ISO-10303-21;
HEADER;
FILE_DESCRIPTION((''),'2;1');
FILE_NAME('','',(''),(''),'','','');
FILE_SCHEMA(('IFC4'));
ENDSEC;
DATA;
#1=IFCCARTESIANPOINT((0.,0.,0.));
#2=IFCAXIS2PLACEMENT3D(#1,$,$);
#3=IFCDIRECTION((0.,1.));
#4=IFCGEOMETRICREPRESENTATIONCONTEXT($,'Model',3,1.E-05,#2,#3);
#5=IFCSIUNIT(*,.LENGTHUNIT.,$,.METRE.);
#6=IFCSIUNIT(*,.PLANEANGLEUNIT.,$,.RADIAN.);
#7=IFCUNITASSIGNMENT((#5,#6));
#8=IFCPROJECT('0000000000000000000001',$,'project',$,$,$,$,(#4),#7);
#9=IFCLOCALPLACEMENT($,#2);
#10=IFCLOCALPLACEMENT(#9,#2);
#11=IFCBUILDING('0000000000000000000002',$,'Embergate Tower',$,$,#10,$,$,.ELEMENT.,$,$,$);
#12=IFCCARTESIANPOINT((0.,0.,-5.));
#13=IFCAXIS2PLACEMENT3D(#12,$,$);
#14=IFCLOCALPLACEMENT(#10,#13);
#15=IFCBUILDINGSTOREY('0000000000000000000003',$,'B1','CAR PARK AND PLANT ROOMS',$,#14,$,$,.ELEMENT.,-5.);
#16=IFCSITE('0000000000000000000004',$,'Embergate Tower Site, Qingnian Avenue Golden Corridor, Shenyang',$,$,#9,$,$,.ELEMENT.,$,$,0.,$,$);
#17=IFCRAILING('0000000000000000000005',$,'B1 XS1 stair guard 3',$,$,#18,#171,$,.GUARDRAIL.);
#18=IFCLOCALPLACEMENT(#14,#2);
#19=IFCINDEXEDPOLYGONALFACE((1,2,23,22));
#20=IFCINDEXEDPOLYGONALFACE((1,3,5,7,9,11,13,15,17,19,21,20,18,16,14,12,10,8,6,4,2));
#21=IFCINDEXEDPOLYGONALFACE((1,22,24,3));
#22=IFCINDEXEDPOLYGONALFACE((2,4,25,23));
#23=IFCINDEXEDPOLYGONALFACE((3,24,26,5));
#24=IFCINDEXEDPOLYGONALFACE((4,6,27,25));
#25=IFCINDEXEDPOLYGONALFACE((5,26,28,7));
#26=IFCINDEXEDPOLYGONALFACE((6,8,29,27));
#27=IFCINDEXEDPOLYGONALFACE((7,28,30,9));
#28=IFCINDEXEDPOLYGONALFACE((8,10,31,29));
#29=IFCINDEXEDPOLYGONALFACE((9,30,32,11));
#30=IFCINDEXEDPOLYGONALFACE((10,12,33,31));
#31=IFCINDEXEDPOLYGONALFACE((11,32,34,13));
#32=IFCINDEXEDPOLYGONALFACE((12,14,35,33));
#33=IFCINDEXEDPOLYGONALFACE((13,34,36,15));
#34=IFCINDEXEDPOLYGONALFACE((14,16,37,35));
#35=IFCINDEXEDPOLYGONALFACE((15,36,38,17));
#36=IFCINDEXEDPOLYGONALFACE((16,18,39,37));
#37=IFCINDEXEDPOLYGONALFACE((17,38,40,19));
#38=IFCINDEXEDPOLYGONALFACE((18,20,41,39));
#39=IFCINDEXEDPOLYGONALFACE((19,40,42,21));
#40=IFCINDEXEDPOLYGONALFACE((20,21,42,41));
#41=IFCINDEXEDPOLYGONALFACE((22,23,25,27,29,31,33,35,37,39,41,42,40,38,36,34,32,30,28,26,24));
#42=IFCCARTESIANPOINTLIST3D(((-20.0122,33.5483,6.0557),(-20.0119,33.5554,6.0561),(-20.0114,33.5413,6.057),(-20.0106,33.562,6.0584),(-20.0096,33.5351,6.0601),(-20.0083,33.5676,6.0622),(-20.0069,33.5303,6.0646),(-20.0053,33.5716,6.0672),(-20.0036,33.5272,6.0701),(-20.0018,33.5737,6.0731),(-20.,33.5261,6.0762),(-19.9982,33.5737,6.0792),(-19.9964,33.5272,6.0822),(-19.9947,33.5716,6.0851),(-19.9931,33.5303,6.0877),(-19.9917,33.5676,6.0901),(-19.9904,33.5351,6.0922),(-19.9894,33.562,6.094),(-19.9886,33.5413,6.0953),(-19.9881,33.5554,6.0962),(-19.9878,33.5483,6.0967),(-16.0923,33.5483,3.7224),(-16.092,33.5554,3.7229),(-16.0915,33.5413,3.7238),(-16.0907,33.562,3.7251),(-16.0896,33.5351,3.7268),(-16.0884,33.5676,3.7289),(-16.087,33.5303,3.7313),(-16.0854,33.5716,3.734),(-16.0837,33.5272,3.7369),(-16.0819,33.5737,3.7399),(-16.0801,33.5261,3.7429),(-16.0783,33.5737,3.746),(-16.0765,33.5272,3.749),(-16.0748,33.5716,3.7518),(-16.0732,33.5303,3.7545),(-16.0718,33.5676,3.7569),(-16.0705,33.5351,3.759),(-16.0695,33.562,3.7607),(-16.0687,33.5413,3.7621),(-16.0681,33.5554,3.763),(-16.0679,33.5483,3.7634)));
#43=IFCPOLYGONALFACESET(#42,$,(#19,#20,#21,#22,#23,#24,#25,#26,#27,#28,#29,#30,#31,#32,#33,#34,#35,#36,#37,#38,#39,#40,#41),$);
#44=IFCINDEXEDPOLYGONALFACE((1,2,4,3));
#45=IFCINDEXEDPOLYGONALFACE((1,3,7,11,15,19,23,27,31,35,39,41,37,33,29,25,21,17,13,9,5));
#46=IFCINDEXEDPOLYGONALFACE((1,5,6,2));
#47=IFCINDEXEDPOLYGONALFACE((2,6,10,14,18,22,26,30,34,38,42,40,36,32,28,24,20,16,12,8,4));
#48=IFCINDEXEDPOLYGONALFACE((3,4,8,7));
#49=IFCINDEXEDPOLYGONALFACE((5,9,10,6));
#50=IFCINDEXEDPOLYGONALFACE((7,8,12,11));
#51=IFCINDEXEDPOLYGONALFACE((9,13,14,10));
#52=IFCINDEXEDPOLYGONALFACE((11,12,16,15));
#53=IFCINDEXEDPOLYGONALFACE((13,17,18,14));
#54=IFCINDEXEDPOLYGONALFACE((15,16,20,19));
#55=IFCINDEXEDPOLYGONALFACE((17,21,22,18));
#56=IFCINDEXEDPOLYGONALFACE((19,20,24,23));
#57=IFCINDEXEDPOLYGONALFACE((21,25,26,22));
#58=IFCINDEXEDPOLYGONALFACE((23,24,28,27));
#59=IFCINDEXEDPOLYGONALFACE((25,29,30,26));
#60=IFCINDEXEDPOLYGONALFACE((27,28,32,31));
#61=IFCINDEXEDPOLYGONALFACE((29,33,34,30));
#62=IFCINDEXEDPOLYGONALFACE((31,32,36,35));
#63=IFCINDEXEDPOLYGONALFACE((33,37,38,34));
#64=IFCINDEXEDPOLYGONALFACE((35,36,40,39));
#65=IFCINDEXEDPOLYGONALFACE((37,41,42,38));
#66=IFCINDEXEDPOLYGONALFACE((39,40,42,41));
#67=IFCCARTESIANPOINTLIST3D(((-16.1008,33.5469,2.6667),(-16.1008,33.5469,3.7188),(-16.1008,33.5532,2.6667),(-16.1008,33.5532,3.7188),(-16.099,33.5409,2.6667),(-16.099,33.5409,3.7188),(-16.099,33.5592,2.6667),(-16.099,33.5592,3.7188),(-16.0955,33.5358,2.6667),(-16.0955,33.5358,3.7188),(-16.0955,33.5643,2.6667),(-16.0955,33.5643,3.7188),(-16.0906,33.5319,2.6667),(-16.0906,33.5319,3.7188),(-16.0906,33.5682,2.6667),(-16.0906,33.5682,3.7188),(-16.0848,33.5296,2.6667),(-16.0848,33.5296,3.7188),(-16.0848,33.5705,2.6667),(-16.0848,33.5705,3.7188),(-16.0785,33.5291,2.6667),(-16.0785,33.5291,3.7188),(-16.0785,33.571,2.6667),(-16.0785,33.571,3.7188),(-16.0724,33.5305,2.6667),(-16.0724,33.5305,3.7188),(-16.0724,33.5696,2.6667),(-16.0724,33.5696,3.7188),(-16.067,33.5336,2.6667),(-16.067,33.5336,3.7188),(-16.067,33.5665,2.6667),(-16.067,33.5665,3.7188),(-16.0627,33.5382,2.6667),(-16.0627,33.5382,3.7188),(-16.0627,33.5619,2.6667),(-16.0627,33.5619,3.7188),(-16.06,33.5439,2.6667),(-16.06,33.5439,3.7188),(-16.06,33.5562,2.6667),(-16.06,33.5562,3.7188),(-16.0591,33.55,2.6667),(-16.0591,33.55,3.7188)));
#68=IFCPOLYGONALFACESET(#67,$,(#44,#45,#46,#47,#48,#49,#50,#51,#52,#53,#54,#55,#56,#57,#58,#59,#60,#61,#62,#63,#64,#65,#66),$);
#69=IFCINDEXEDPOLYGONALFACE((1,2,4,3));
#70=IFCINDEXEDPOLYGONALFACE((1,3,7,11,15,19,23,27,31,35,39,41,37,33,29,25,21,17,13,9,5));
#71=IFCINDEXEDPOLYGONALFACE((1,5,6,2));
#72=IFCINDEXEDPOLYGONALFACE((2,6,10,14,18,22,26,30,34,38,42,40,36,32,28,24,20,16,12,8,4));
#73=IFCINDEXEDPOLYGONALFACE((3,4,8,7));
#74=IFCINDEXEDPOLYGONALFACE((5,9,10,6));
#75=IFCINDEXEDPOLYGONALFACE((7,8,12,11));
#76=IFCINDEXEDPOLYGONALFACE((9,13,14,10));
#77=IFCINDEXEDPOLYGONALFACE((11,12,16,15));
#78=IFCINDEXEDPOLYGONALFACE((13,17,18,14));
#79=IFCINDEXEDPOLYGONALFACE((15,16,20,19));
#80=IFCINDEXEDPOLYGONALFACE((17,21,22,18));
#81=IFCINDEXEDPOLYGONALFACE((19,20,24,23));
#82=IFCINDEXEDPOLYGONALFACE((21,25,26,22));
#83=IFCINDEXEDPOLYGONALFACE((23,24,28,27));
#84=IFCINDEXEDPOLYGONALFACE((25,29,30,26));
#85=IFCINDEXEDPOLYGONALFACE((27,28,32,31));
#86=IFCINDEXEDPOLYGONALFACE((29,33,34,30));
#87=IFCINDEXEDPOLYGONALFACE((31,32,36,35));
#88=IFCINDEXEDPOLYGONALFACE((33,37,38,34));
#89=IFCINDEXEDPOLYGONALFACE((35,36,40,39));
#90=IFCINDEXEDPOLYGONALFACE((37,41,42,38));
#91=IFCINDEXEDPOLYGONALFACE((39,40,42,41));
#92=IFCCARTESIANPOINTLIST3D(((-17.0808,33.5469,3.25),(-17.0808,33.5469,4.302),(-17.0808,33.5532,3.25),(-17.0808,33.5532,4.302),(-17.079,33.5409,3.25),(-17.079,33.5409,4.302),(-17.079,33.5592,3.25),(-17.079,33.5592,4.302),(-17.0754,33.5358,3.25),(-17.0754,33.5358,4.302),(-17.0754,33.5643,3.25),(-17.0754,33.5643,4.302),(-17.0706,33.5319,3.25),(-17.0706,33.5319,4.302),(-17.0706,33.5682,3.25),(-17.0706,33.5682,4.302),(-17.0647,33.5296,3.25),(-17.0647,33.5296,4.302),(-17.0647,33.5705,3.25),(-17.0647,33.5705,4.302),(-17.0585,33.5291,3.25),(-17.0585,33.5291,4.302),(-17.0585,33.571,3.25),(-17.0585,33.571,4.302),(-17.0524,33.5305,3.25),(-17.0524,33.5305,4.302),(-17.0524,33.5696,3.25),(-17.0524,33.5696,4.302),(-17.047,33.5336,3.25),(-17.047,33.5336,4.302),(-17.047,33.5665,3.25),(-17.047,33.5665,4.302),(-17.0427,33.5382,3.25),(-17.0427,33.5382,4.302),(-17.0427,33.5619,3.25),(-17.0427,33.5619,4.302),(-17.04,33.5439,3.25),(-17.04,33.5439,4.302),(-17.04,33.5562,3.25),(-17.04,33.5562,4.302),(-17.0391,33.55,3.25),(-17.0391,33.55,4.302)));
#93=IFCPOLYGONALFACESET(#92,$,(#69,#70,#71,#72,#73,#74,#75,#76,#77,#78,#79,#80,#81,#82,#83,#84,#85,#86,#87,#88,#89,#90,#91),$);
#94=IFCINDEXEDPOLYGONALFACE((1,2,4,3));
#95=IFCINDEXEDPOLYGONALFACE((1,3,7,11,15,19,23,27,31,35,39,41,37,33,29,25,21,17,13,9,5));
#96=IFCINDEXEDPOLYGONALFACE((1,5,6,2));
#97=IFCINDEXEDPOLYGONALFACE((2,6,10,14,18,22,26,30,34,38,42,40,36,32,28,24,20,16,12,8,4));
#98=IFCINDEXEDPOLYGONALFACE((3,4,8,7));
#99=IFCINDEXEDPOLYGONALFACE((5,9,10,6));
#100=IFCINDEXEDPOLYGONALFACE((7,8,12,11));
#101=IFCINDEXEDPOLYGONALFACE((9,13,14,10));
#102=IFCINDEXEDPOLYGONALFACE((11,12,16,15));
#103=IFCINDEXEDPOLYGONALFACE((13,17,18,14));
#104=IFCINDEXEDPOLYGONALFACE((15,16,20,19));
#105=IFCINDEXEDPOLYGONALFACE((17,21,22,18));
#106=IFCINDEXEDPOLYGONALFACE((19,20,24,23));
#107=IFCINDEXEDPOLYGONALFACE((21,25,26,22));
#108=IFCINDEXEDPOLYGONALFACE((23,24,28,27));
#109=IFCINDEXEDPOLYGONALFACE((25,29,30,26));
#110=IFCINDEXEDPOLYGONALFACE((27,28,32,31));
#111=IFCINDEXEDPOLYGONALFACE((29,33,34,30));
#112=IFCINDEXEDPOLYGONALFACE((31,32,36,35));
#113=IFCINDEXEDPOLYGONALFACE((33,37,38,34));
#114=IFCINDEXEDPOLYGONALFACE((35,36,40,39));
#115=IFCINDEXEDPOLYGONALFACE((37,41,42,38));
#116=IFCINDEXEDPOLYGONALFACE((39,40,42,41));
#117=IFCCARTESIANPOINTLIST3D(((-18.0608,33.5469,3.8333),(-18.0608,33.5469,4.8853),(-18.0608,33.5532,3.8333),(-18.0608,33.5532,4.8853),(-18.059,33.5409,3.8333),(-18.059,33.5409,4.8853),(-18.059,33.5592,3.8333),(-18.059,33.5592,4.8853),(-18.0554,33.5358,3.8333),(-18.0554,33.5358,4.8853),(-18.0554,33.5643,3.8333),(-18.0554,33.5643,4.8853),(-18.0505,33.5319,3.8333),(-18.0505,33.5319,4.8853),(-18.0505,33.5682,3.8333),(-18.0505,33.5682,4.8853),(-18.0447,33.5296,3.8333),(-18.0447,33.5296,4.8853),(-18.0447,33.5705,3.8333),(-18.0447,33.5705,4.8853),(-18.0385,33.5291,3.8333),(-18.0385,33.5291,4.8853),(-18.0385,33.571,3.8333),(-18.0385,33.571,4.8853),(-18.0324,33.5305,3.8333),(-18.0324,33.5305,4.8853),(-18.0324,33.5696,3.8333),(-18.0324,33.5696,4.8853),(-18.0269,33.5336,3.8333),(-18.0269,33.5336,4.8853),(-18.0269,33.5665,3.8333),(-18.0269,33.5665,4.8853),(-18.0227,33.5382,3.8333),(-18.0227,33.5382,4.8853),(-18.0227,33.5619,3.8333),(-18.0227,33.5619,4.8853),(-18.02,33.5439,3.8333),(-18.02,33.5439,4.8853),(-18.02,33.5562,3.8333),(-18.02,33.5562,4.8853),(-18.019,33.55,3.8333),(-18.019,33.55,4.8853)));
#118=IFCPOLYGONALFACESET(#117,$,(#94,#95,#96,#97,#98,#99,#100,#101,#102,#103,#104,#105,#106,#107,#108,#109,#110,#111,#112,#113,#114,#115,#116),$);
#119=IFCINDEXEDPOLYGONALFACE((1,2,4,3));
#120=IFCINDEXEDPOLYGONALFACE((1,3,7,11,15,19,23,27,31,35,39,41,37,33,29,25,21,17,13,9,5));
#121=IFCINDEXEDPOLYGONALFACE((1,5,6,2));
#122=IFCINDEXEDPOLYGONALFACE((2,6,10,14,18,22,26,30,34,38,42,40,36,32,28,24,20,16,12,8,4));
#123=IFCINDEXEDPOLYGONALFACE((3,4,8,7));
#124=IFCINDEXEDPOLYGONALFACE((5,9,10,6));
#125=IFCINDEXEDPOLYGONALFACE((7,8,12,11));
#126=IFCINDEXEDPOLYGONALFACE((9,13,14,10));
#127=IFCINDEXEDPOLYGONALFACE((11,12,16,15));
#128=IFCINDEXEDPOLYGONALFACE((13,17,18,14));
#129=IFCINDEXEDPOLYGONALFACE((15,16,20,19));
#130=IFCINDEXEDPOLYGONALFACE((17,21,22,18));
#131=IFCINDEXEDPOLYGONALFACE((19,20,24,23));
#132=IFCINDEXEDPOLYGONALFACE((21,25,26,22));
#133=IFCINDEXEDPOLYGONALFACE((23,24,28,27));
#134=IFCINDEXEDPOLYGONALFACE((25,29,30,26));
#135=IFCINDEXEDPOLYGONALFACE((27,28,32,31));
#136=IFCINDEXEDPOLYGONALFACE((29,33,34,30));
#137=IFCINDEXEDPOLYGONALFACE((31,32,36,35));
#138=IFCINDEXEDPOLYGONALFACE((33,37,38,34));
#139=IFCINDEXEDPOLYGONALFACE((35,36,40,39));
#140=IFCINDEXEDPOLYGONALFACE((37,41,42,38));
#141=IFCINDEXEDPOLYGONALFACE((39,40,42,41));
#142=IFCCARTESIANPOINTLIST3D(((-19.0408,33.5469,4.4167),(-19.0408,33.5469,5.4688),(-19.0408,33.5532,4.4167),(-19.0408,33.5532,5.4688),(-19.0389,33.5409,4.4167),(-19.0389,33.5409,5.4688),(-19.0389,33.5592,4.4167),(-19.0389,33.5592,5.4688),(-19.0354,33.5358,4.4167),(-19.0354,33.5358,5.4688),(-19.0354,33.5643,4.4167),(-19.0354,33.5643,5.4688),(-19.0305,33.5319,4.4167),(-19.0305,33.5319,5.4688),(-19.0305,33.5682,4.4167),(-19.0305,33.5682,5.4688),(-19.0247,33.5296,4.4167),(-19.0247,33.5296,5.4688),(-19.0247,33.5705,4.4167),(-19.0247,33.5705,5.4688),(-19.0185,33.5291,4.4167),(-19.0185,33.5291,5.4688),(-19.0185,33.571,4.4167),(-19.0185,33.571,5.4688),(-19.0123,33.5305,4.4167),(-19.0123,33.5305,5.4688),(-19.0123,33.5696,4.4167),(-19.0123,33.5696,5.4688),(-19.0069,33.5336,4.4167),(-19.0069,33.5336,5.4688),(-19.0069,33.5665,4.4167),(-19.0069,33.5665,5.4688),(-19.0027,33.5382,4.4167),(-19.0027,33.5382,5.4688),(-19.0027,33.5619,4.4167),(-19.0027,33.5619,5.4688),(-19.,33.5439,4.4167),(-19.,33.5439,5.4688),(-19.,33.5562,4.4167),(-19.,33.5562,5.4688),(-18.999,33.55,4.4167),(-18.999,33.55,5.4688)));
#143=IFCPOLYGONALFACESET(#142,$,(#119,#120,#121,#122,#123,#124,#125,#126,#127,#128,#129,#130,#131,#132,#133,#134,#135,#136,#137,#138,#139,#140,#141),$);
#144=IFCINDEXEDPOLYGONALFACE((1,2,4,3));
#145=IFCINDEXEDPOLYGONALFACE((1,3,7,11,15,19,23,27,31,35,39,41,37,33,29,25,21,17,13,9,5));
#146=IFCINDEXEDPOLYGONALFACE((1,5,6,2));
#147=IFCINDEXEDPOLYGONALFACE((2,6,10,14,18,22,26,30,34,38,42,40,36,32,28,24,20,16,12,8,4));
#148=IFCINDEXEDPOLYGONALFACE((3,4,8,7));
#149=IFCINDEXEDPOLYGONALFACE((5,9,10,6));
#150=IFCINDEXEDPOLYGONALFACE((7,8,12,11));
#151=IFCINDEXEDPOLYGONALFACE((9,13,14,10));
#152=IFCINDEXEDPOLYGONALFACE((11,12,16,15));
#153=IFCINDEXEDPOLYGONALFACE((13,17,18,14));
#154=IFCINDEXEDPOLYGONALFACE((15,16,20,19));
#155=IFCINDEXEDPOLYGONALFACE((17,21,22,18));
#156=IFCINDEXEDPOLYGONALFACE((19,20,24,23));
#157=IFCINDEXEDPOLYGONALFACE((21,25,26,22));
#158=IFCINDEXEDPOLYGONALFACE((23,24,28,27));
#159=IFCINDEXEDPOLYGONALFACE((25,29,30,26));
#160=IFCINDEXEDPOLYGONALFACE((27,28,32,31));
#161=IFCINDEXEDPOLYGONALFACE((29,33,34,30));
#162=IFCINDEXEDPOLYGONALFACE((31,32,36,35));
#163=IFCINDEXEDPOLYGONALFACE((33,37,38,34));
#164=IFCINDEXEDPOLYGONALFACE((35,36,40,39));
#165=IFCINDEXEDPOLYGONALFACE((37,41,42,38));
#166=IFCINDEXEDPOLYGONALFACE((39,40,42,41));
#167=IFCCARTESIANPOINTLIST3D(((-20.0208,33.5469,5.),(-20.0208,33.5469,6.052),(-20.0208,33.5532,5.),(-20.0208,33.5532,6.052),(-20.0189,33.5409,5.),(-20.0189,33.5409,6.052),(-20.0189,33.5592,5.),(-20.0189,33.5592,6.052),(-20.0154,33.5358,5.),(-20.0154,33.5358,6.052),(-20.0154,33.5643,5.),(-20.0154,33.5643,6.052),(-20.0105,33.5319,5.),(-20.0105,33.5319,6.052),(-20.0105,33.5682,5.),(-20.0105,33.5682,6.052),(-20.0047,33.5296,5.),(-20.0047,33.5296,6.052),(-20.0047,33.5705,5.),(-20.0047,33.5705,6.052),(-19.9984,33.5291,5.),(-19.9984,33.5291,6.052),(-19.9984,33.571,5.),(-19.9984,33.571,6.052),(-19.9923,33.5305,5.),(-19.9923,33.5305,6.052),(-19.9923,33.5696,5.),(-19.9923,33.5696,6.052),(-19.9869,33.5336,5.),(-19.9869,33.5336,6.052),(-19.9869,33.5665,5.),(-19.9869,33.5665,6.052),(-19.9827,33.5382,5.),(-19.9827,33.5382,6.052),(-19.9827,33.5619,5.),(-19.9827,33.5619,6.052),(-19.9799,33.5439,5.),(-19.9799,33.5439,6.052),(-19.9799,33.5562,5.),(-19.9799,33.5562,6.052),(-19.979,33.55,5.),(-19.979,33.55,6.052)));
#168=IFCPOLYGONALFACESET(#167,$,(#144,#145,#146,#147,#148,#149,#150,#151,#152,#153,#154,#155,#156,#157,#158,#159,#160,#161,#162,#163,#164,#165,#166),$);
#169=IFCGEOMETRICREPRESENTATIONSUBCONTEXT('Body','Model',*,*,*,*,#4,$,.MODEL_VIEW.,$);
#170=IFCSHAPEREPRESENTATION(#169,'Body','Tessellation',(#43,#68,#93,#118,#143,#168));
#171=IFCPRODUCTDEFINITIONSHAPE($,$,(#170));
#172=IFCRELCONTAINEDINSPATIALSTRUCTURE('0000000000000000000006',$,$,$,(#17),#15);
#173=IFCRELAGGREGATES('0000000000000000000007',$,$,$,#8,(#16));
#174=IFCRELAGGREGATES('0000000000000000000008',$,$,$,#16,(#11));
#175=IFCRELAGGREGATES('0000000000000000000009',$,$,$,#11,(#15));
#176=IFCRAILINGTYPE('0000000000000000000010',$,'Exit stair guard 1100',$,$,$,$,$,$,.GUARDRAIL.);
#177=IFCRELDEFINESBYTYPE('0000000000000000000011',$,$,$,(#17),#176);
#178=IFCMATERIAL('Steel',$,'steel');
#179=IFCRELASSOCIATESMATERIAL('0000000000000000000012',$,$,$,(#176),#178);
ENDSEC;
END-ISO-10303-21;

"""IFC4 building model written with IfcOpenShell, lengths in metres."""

from ifc_helpers import new_model, si_unit, direction, frame, origin, origin_2d, place, context, subcontext, project, spatial, circle, extrude, source, transform, mapped, material, type_object, element, save


model = new_model("IFC4")

# Units and contexts
model_context = context("Model", 3, precision=1e-05, world=origin(), true_north=direction((0.0, 1.0)))
body_context = subcontext(model_context, "Body", "Model", "MODEL_VIEW")
ifc_project = project(units=[si_unit("LENGTHUNIT", "METRE"), si_unit("PLANEANGLEUNIT", "RADIAN")], contexts=[model_context])

# Site, building, storey
site_placement = place(None, origin())
site = spatial("IfcSite", under=ifc_project, at=site_placement, Name="Embergate Tower Site, Qingnian Avenue Golden Corridor, Shenyang", CompositionType="ELEMENT", RefElevation=0.0)
building_placement = place(site_placement, origin())
building = spatial("IfcBuilding", under=site, at=building_placement, Name="Embergate Tower", CompositionType="ELEMENT")
storey_placement = place(building_placement, frame((0.0, 0.0, -5.0)))
storey = spatial("IfcBuildingStorey", under=building, at=storey_placement, Name="B1", Description="CAR PARK AND PLANT ROOMS", CompositionType="ELEMENT", Elevation=-5.0)

# Railing
ifc_material_1 = material(Name="Steel", Category="steel")
railing_type_1 = type_object("IfcRailingType", Name="Exit stair guard 1100", PredefinedType="GUARDRAIL", material=ifc_material_1)
shared_shape_1 = source(origin(), body_context, "Body", "SweptSolid", [
    extrude(circle(Radius=0.0239, at=origin_2d()), frame((0.0, 0.0, 1.0762), z_axis=(-0.859296, 0.0, 0.511478), x_axis=(0.0, -1.0, 0.0)), (0.0, 0.0, 1.0), 4.5618),
    extrude(circle(Radius=0.021, at=origin_2d()), origin(), (0.0, 0.0, 1.0), 1.052),
    extrude(circle(Radius=0.021, at=origin_2d()), frame((-0.98, 0.0, 0.5833)), (0.0, 0.0, 1.0), 1.052),
    extrude(circle(Radius=0.021, at=origin_2d()), frame((-1.96, 0.0, 1.1665)), (0.0, 0.0, 1.0), 1.052),
    extrude(circle(Radius=0.021, at=origin_2d()), frame((-2.9399, 0.0, 1.75)), (0.0, 0.0, 1.0), 1.052),
    extrude(circle(Radius=0.021, at=origin_2d()), frame((-3.9199, 0.0, 2.3333)), (0.0, 0.0, 1.0), 1.052),
])
railing_1_placement = place(storey_placement, frame((-16.0801, 33.55, 2.6667)))
element("IfcRailing", 1, at=railing_1_placement, inside=storey, type_object=railing_type_1, Name="B1 XS1 stair guard 3", PredefinedType="GUARDRAIL", context=body_context, shape_type="MappedRepresentation", body=[
    mapped(shared_shape_1, transform((0.0, 0.0, 0.0))),
])

save(model, "model.ifc")
